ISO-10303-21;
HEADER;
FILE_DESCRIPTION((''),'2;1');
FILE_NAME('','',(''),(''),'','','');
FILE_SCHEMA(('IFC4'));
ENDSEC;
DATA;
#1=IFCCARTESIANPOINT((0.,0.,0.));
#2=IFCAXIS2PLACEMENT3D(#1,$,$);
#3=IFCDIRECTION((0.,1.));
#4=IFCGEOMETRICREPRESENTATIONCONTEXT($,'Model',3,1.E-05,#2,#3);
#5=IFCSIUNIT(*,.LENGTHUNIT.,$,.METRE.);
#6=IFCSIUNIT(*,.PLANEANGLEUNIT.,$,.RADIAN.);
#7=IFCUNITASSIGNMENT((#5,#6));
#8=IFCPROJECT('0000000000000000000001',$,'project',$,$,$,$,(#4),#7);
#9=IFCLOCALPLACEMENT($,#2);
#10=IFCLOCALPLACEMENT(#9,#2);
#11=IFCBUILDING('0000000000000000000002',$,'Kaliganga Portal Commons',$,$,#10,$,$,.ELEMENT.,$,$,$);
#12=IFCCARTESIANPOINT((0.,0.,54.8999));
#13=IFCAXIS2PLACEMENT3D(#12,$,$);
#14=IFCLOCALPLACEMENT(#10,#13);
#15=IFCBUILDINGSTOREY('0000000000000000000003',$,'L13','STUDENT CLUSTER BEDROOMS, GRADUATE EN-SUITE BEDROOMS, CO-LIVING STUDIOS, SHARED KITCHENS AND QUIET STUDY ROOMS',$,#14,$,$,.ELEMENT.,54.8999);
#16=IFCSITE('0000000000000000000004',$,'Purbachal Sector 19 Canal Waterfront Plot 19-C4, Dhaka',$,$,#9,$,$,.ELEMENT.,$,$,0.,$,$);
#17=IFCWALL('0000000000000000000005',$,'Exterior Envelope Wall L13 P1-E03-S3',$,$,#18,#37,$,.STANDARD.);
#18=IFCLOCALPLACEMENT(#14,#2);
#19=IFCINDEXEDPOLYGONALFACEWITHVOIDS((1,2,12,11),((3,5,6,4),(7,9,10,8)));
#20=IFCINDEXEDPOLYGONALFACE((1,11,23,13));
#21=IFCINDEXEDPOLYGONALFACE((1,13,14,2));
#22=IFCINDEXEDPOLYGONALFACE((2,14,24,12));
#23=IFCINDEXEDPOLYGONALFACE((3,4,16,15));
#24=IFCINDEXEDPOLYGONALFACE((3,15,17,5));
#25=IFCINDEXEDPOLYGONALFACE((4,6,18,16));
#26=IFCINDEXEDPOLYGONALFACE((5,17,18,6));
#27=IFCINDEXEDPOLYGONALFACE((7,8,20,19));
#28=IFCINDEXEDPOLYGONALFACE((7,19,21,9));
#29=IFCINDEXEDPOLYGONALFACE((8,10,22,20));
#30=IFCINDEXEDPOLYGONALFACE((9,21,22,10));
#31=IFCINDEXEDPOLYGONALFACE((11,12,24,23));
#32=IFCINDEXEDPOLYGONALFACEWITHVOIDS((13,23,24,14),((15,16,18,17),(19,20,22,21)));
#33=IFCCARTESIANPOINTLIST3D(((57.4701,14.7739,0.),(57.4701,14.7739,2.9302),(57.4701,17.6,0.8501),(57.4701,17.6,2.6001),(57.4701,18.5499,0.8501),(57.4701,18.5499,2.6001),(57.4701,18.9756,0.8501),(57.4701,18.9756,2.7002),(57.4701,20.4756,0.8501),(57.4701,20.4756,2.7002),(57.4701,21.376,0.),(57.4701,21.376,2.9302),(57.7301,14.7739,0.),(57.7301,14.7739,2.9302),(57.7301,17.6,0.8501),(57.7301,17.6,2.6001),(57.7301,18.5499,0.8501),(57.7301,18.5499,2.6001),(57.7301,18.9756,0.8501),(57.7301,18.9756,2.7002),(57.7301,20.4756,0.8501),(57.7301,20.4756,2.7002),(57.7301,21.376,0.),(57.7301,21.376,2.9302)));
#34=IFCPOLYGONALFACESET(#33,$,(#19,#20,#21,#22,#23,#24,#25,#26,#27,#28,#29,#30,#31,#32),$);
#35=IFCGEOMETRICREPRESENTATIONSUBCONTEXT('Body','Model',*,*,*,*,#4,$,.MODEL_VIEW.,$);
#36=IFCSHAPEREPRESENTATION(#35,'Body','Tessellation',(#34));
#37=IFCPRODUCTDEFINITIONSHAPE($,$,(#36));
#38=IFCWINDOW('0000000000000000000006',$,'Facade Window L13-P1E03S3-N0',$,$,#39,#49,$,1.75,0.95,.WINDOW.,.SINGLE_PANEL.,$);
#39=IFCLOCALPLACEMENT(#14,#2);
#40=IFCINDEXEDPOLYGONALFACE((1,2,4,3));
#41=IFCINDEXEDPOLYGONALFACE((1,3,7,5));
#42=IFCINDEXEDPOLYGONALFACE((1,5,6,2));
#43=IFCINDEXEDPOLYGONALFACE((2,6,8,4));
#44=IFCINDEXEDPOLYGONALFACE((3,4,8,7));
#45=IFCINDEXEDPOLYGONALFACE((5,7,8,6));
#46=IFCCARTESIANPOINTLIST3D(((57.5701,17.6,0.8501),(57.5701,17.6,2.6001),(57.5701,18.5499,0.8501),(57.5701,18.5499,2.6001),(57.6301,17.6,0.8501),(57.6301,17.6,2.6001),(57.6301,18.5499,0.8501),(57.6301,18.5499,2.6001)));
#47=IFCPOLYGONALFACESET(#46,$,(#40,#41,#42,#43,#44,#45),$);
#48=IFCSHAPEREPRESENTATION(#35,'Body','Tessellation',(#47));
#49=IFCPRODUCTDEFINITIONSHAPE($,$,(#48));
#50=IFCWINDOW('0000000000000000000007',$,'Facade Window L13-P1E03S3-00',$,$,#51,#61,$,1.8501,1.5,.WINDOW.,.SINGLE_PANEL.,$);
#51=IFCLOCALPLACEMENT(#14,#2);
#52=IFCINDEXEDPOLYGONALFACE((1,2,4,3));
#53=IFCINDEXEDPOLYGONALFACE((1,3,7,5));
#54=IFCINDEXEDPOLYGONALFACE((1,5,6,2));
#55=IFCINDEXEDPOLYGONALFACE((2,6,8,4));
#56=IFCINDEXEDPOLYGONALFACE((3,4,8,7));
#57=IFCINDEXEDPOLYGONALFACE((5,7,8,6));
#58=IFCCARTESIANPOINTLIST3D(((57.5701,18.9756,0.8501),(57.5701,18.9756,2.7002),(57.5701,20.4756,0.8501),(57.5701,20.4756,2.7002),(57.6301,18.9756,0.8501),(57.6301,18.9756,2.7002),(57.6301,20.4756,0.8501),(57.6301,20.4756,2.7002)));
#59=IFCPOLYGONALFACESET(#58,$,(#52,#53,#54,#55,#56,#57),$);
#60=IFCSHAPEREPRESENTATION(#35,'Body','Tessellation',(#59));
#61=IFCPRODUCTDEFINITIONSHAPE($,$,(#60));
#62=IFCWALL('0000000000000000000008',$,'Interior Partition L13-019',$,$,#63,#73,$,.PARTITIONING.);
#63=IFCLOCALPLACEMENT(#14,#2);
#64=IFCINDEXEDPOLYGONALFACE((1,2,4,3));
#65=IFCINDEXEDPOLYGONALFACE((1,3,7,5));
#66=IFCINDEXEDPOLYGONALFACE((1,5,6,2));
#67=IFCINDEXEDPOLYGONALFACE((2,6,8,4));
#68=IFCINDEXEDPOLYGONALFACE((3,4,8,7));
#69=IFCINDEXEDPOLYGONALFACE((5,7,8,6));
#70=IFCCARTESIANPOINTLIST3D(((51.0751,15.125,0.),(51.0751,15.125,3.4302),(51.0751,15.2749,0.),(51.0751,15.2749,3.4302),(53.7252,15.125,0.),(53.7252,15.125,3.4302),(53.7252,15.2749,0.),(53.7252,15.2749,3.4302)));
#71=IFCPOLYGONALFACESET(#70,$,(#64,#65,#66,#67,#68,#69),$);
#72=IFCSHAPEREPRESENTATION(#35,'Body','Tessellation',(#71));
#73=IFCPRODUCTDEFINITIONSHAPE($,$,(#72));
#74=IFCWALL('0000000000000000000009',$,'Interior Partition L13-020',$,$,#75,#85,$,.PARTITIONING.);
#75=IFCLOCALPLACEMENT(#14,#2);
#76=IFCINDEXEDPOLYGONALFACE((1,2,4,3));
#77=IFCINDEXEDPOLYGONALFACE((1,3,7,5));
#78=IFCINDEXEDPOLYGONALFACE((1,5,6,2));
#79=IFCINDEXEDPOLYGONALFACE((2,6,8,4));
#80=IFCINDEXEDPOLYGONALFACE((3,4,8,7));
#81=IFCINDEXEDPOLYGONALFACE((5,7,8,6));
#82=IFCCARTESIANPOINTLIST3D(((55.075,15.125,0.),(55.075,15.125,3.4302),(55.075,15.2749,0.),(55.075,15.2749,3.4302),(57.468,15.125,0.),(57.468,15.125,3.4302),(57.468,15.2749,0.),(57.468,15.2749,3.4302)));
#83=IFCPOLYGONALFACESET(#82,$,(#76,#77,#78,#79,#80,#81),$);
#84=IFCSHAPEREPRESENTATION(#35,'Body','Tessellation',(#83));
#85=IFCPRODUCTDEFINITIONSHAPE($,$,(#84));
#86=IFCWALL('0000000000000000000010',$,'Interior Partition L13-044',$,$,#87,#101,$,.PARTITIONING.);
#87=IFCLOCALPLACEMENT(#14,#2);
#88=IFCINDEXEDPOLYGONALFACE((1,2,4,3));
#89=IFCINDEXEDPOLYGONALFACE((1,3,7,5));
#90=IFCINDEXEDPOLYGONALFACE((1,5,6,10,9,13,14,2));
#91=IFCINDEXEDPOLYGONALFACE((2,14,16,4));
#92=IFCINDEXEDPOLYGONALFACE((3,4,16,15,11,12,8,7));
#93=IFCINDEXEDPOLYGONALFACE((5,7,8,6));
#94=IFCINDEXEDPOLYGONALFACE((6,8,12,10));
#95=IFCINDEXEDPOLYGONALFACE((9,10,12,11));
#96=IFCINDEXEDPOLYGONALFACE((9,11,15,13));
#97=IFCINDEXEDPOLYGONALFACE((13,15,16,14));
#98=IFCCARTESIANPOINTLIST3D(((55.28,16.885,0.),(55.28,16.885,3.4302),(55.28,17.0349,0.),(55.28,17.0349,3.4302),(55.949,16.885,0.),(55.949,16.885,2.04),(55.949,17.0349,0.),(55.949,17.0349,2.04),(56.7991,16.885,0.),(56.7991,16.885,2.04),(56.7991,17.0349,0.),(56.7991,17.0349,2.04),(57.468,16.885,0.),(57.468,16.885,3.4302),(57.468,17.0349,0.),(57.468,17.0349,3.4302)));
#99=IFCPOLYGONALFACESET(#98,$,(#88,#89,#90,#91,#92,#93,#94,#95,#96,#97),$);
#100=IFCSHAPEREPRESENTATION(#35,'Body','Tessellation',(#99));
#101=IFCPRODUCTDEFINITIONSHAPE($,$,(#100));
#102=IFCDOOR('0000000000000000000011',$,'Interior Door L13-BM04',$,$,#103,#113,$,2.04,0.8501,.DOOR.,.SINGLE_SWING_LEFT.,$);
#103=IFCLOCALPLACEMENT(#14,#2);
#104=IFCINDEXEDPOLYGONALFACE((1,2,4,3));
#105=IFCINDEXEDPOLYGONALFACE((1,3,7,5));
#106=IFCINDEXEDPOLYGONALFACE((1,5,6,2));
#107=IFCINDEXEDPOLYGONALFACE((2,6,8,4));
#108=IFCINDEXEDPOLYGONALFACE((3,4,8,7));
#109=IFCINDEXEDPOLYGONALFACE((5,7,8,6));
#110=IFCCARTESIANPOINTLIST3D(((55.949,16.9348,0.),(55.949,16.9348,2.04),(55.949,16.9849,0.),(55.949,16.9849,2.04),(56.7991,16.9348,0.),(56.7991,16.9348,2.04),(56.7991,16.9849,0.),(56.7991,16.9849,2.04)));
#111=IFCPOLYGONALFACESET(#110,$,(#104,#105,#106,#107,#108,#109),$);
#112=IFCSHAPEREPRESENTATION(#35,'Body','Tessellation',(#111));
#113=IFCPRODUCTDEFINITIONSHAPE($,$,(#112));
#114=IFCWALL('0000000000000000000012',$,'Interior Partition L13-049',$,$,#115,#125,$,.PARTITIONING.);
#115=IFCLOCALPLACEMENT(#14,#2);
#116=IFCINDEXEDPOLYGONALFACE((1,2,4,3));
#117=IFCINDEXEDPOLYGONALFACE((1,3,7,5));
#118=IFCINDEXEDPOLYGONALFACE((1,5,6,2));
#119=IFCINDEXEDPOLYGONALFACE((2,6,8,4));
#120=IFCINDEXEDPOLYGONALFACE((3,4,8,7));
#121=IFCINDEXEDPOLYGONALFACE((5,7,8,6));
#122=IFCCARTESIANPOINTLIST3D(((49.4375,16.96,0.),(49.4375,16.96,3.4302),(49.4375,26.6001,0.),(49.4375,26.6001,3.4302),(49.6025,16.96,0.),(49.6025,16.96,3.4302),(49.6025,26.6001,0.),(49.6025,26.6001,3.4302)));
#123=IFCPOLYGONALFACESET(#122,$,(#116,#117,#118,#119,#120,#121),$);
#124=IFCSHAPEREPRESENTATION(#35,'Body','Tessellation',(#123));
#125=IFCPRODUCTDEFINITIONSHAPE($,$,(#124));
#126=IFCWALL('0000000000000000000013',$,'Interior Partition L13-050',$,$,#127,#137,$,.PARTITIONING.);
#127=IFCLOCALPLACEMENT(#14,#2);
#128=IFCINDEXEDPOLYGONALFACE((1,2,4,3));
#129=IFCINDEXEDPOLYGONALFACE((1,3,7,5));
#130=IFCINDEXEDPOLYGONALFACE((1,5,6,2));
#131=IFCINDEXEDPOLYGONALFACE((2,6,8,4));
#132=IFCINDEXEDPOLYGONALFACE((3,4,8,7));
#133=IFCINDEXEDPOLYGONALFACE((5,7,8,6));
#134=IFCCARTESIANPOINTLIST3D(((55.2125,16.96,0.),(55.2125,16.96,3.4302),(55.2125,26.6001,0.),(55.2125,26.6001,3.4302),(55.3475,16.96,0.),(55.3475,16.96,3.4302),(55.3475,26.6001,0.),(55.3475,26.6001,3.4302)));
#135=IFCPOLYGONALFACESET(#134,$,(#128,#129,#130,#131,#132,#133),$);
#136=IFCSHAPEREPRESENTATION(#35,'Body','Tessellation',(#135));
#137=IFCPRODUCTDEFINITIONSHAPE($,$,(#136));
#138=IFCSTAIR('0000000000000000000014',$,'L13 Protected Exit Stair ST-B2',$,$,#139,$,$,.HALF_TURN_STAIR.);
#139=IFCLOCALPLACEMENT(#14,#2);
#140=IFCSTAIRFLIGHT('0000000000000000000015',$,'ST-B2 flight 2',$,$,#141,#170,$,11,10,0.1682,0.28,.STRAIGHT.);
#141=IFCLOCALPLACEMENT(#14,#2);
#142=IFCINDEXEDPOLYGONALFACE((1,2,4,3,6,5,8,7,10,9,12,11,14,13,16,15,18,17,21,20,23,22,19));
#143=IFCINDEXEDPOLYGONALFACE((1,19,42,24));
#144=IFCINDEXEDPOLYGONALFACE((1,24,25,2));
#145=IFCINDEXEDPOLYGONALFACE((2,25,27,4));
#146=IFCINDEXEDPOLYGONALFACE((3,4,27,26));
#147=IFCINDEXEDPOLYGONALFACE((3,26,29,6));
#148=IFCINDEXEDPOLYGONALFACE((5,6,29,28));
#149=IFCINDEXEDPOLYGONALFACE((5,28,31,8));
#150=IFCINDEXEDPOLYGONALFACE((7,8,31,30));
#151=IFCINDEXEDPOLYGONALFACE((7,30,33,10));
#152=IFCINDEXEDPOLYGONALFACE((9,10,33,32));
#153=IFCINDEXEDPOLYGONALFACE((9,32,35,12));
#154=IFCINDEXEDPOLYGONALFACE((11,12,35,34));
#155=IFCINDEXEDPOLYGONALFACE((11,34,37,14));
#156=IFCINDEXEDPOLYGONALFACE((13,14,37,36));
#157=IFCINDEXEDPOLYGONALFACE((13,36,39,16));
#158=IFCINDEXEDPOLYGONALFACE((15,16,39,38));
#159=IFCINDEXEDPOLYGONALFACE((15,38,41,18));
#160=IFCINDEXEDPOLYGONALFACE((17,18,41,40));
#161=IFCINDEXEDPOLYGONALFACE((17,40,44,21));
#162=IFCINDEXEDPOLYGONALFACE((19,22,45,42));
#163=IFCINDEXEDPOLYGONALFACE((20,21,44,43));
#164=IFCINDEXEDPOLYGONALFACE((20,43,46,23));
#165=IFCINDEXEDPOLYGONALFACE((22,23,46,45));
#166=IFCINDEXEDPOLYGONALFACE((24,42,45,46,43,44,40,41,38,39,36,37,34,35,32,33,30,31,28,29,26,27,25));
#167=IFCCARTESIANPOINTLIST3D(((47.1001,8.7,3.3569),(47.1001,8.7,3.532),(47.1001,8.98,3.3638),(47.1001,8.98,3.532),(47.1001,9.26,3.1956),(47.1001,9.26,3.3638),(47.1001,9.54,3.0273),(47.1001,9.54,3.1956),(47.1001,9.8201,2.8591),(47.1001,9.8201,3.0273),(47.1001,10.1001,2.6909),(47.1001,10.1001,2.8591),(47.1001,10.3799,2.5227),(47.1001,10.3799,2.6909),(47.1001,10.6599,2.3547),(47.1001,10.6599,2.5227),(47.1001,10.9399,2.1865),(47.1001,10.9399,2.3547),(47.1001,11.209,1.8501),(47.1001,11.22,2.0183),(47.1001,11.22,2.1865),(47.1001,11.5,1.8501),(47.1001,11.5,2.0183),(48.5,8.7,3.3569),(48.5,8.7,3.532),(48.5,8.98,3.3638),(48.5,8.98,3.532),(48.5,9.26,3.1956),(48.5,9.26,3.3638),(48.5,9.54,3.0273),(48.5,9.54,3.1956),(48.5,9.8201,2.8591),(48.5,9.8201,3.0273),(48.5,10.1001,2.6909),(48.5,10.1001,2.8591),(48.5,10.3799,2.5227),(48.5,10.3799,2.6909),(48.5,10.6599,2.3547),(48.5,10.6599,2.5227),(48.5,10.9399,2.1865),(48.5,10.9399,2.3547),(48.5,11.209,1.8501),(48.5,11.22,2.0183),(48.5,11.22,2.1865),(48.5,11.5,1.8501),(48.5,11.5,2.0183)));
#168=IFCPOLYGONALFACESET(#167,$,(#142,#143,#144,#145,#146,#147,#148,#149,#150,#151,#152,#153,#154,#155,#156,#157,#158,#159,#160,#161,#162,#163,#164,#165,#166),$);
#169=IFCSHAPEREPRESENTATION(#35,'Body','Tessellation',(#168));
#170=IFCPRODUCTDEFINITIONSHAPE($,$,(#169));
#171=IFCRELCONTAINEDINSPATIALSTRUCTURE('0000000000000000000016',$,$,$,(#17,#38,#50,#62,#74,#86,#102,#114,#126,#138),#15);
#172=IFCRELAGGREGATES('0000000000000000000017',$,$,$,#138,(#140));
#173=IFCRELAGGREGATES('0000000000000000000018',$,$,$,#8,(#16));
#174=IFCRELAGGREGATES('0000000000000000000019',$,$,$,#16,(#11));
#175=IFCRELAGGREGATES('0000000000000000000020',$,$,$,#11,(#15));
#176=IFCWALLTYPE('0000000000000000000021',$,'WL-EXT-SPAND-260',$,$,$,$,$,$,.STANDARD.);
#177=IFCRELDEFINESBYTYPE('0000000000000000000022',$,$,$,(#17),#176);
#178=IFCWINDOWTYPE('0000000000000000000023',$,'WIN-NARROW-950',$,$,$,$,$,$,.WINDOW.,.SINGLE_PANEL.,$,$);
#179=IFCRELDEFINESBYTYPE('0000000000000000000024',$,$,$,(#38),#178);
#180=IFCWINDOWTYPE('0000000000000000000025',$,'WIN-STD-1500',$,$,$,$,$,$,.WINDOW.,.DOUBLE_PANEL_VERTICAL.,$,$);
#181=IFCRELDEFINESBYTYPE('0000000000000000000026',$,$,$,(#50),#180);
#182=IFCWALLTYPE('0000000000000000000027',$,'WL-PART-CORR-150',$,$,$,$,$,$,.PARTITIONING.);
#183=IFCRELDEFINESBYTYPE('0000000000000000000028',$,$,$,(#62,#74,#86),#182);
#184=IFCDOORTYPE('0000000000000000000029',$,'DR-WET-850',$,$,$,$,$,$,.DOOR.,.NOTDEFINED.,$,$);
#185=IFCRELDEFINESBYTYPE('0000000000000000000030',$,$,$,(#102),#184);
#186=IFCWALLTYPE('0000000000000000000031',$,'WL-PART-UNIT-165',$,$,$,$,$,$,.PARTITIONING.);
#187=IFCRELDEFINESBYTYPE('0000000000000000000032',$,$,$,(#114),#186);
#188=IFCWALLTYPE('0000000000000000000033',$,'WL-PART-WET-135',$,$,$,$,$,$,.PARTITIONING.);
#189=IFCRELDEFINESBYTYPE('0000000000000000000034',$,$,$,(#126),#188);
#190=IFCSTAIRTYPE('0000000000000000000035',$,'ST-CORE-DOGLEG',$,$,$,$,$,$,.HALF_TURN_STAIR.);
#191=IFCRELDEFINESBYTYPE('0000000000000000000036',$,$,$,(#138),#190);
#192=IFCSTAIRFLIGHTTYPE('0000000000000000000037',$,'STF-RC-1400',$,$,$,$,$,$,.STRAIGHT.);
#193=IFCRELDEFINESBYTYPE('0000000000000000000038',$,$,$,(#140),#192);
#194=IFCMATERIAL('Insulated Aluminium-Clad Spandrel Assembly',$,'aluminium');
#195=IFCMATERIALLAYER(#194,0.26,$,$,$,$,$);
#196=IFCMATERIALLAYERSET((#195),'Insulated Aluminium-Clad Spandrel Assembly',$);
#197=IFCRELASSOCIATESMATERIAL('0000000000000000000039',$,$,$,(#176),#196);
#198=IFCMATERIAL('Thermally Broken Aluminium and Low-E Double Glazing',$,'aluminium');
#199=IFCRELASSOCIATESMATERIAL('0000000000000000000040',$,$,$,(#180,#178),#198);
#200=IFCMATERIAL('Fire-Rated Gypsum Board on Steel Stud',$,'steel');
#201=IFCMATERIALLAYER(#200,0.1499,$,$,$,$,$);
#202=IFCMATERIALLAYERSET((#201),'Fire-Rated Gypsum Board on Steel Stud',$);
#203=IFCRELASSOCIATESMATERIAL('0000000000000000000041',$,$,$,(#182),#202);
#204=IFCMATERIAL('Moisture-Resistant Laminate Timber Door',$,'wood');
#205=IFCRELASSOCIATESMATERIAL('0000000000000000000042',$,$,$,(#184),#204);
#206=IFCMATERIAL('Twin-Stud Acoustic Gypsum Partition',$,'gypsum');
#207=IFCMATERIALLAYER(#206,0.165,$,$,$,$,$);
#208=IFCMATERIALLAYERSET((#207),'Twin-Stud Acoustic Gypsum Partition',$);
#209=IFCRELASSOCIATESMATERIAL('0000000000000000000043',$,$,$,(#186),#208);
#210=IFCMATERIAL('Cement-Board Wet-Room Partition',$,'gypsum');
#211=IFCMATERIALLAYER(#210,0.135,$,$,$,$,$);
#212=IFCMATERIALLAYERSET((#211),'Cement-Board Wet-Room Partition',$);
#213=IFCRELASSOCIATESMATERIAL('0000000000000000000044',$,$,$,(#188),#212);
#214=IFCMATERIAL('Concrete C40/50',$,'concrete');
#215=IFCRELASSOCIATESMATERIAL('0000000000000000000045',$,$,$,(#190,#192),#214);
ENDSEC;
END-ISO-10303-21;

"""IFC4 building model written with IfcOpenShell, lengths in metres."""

from ifc_helpers import new_model, si_unit, direction, frame, frame_2d, origin, place, context, subcontext, project, spatial, polyline, rectangle, outline, extrude, material, layer, layer_set, type_object, element, fill, aggregate, save


model = new_model("IFC4")

# Units and contexts
model_context = context("Model", 3, precision=1e-05, world=origin(), true_north=direction((0.0, 1.0)))
body_context = subcontext(model_context, "Body", "Model", "MODEL_VIEW")
ifc_project = project(units=[si_unit("LENGTHUNIT", "METRE"), si_unit("PLANEANGLEUNIT", "RADIAN")], contexts=[model_context])

# Site, building, storey
site_placement = place(None, origin())
site = spatial("IfcSite", under=ifc_project, at=site_placement, Name="Purbachal Sector 19 Canal Waterfront Plot 19-C4, Dhaka", CompositionType="ELEMENT", RefElevation=0.0)
building_placement = place(site_placement, origin())
building = spatial("IfcBuilding", under=site, at=building_placement, Name="Kaliganga Portal Commons", CompositionType="ELEMENT")
storey_placement = place(building_placement, frame((0.0, 0.0, 54.8999)))
storey = spatial("IfcBuildingStorey", under=building, at=storey_placement, Name="L13", Description="STUDENT CLUSTER BEDROOMS, GRADUATE EN-SUITE BEDROOMS, CO-LIVING STUDIOS, SHARED KITCHENS AND QUIET STUDY ROOMS", CompositionType="ELEMENT", Elevation=54.8999)

# Shared definitions
ifc_material_1 = material(Name="Insulated Aluminium-Clad Spandrel Assembly", Category="aluminium")
ifc_layer_1 = layer(ifc_material_1, 0.26)
ifc_layer_set_1 = layer_set([ifc_layer_1], Name="Insulated Aluminium-Clad Spandrel Assembly")
wall_type_1 = type_object("IfcWallType", Name="WL-EXT-SPAND-260", PredefinedType="STANDARD", material=ifc_layer_set_1)
ifc_material_2 = material(Name="Thermally Broken Aluminium and Low-E Double Glazing", Category="aluminium")
window_type_1 = type_object("IfcWindowType", Name="WIN-STD-1500", PartitioningType="DOUBLE_PANEL_VERTICAL", PredefinedType="WINDOW", material=ifc_material_2)

# Wall, openings, windows
wall_1_placement = place(storey_placement, frame((57.6001, 21.376, 0.0), z_axis=(0.0, 0.0, 1.0), x_axis=(0.0, -1.0, 0.0)))
wall_1 = element("IfcWall", 1, at=wall_1_placement, inside=storey, type_object=wall_type_1, Name="Exterior Envelope Wall L13 P1-E03-S3", PredefinedType="STANDARD", context=body_context, shape_type="SweptSolid", body=[
    extrude(rectangle(XDim=6.6021, YDim=0.26, at=frame_2d((3.301, 0.0))), origin(), (0.0, 0.0, 1.0), 2.9302),
])
opening_1_placement = place(wall_1_placement, frame((0.9004, 0.0, 0.8501)))
opening_1 = element("IfcOpeningElement", 2, at=opening_1_placement, cuts=wall_1, PredefinedType="OPENING", context=body_context, shape_type="SweptSolid", body=[
    extrude(rectangle(XDim=1.5, YDim=1.8501, at=frame_2d((0.75, 0.925))), frame((0.0, 0.1401, 0.0), z_axis=(0.0, -1.0, 0.0), x_axis=(1.0, 0.0, 0.0)), (0.0, 0.0, 1.0), 0.28),
])
opening_2_placement = place(wall_1_placement, frame((2.8259, 0.0, 0.8501)))
opening_2 = element("IfcOpeningElement", 3, at=opening_2_placement, cuts=wall_1, PredefinedType="OPENING", context=body_context, shape_type="SweptSolid", body=[
    extrude(rectangle(XDim=0.95, YDim=1.75, at=frame_2d((0.4751, 0.875))), frame((0.0, 0.1401, 0.0), z_axis=(0.0, -1.0, 0.0), x_axis=(1.0, 0.0, 0.0)), (0.0, 0.0, 1.0), 0.28),
])
window_type_2 = type_object("IfcWindowType", Name="WIN-NARROW-950", PartitioningType="SINGLE_PANEL", PredefinedType="WINDOW", material=ifc_material_2)
window_1_placement = place(opening_2_placement, origin())
window_1 = element("IfcWindow", 4, at=window_1_placement, inside=storey, type_object=window_type_2, Name="Facade Window L13-P1E03S3-N0", OverallHeight=1.75, OverallWidth=0.95, PartitioningType="SINGLE_PANEL", PredefinedType="WINDOW", context=body_context, shape_type="SweptSolid", body=[
    extrude(rectangle(XDim=0.95, YDim=1.75, at=frame_2d((0.4751, 0.875))), frame((0.0, 0.03, 0.0), z_axis=(0.0, -1.0, 0.0), x_axis=(1.0, 0.0, 0.0)), (0.0, 0.0, 1.0), 0.0601),
])
fill(opening_2, window_1)
window_2_placement = place(opening_1_placement, origin())
window_2 = element("IfcWindow", 5, at=window_2_placement, inside=storey, type_object=window_type_1, Name="Facade Window L13-P1E03S3-00", OverallHeight=1.8501, OverallWidth=1.5, PartitioningType="SINGLE_PANEL", PredefinedType="WINDOW", context=body_context, shape_type="SweptSolid", body=[
    extrude(rectangle(XDim=1.5, YDim=1.8501, at=frame_2d((0.75, 0.925))), frame((0.0, 0.03, 0.0), z_axis=(0.0, -1.0, 0.0), x_axis=(1.0, 0.0, 0.0)), (0.0, 0.0, 1.0), 0.0601),
])
fill(opening_1, window_2)

# Walls
ifc_material_3 = material(Name="Fire-Rated Gypsum Board on Steel Stud", Category="steel")
ifc_layer_2 = layer(ifc_material_3, 0.1499)
ifc_layer_set_2 = layer_set([ifc_layer_2], Name="Fire-Rated Gypsum Board on Steel Stud")
wall_type_2 = type_object("IfcWallType", Name="WL-PART-CORR-150", PredefinedType="PARTITIONING", material=ifc_layer_set_2)
wall_2_placement = place(storey_placement, frame((51.075, 15.2, 0.0), z_axis=(0.0, 0.0, 1.0), x_axis=(1.0, 0.0, 0.0)))
element("IfcWall", 6, at=wall_2_placement, inside=storey, type_object=wall_type_2, Name="Interior Partition L13-019", PredefinedType="PARTITIONING", context=body_context, shape_type="SweptSolid", body=[
    extrude(rectangle(XDim=2.6501, YDim=0.1499, at=frame_2d((1.3252, 0.0))), origin(), (0.0, 0.0, 1.0), 3.4302),
])
wall_3_placement = place(storey_placement, frame((55.075, 15.2, 0.0), z_axis=(0.0, 0.0, 1.0), x_axis=(1.0, 0.0, 0.0)))
element("IfcWall", 7, at=wall_3_placement, inside=storey, type_object=wall_type_2, Name="Interior Partition L13-020", PredefinedType="PARTITIONING", context=body_context, shape_type="SweptSolid", body=[
    extrude(rectangle(XDim=2.3931, YDim=0.1499, at=frame_2d((1.1965, 0.0))), origin(), (0.0, 0.0, 1.0), 3.4302),
])

# Wall, opening, door
wall_4_placement = place(storey_placement, frame((55.28, 16.96, 0.0), z_axis=(0.0, 0.0, 1.0), x_axis=(1.0, 0.0, 0.0)))
wall_4 = element("IfcWall", 8, at=wall_4_placement, inside=storey, type_object=wall_type_2, Name="Interior Partition L13-044", PredefinedType="PARTITIONING", context=body_context, shape_type="SweptSolid", body=[
    extrude(rectangle(XDim=2.188, YDim=0.1499, at=frame_2d((1.094, 0.0))), origin(), (0.0, 0.0, 1.0), 3.4302),
])
opening_3_placement = place(wall_4_placement, frame((0.6689, 0.0, 0.0)))
opening_3 = element("IfcOpeningElement", 9, at=opening_3_placement, cuts=wall_4, PredefinedType="OPENING", context=body_context, shape_type="SweptSolid", body=[
    extrude(rectangle(XDim=0.8501, YDim=2.04, at=frame_2d((0.425, 1.02))), frame((0.0, 0.085, 0.0), z_axis=(0.0, -1.0, 0.0), x_axis=(1.0, 0.0, 0.0)), (0.0, 0.0, 1.0), 0.1699),
])
ifc_material_4 = material(Name="Moisture-Resistant Laminate Timber Door", Category="wood")
door_type_1 = type_object("IfcDoorType", Name="DR-WET-850", OperationType="NOTDEFINED", PredefinedType="DOOR", material=ifc_material_4)
door_1_placement = place(opening_3_placement, origin())
door_1 = element("IfcDoor", 10, at=door_1_placement, inside=storey, type_object=door_type_1, Name="Interior Door L13-BM04", OperationType="SINGLE_SWING_LEFT", OverallHeight=2.04, OverallWidth=0.8501, PredefinedType="DOOR", context=body_context, shape_type="SweptSolid", body=[
    extrude(rectangle(XDim=0.8501, YDim=2.04, at=frame_2d((0.425, 1.02))), frame((0.0, 0.0249, 0.0), z_axis=(0.0, -1.0, 0.0), x_axis=(1.0, 0.0, 0.0)), (0.0, 0.0, 1.0), 0.05),
])
fill(opening_3, door_1)

# Walls
ifc_material_5 = material(Name="Twin-Stud Acoustic Gypsum Partition", Category="gypsum")
ifc_layer_3 = layer(ifc_material_5, 0.165)
ifc_layer_set_3 = layer_set([ifc_layer_3], Name="Twin-Stud Acoustic Gypsum Partition")
wall_type_3 = type_object("IfcWallType", Name="WL-PART-UNIT-165", PredefinedType="PARTITIONING", material=ifc_layer_set_3)
wall_5_placement = place(storey_placement, frame((49.52, 16.96, 0.0), z_axis=(0.0, 0.0, 1.0), x_axis=(0.0, 1.0, 0.0)))
element("IfcWall", 11, at=wall_5_placement, inside=storey, type_object=wall_type_3, Name="Interior Partition L13-049", PredefinedType="PARTITIONING", context=body_context, shape_type="SweptSolid", body=[
    extrude(rectangle(XDim=9.6401, YDim=0.165, at=frame_2d((4.8201, 0.0))), origin(), (0.0, 0.0, 1.0), 3.4302),
])
ifc_material_6 = material(Name="Cement-Board Wet-Room Partition", Category="gypsum")
ifc_layer_4 = layer(ifc_material_6, 0.135)
ifc_layer_set_4 = layer_set([ifc_layer_4], Name="Cement-Board Wet-Room Partition")
wall_type_4 = type_object("IfcWallType", Name="WL-PART-WET-135", PredefinedType="PARTITIONING", material=ifc_layer_set_4)
wall_6_placement = place(storey_placement, frame((55.28, 16.96, 0.0), z_axis=(0.0, 0.0, 1.0), x_axis=(0.0, 1.0, 0.0)))
element("IfcWall", 12, at=wall_6_placement, inside=storey, type_object=wall_type_4, Name="Interior Partition L13-050", PredefinedType="PARTITIONING", context=body_context, shape_type="SweptSolid", body=[
    extrude(rectangle(XDim=9.6401, YDim=0.135, at=frame_2d((4.8201, 0.0))), origin(), (0.0, 0.0, 1.0), 3.4302),
])

# Stair, stair flight
ifc_material_7 = material(Name="Concrete C40/50", Category="concrete")
stair_type = type_object("IfcStairType", Name="ST-CORE-DOGLEG", PredefinedType="HALF_TURN_STAIR", material=ifc_material_7)
stair_placement = place(storey_placement, origin())
stair = element("IfcStair", 13, at=stair_placement, inside=storey, type_object=stair_type, Name="L13 Protected Exit Stair ST-B2", PredefinedType="HALF_TURN_STAIR")
stair_flight_type = type_object("IfcStairFlightType", Name="STF-RC-1400", PredefinedType="STRAIGHT", material=ifc_material_7)
stair_flight_placement = place(storey_placement, frame((47.8, 11.5, 1.8501), z_axis=(0.0, 0.0, 1.0), x_axis=(0.0, -1.0, 0.0)))
stair_flight = element("IfcStairFlight", 14, at=stair_flight_placement, type_object=stair_flight_type, Name="ST-B2 flight 2", NumberOfRisers=11, NumberOfTreads=10, PredefinedType="STRAIGHT", RiserHeight=0.1682, TreadLength=0.28, context=body_context, shape_type="SweptSolid", body=[
    extrude(outline(polyline([(0.0, 0.0), (0.0, 0.1682), (0.28, 0.1682), (0.28, 0.3364), (0.5601, 0.3364), (0.5601, 0.5046), (0.8401, 0.5046), (0.8401, 0.6726), (1.1201, 0.6726), (1.1201, 0.8408), (1.3999, 0.8408), (1.3999, 1.009), (1.6799, 1.009), (1.6799, 1.1772), (1.96, 1.1772), (1.96, 1.3455), (2.24, 1.3455), (2.24, 1.5137), (2.52, 1.5137), (2.52, 1.6819), (2.8, 1.6819), (2.8, 1.8501), (2.8, 1.5068), (0.291, 0.0), (0.0, 0.0)])), frame((0.0, 0.7, 0.0), z_axis=(0.0, -1.0, 0.0), x_axis=(1.0, 0.0, 0.0)), (0.0, 0.0, 1.0), 1.3999),
])
aggregate(stair, [stair_flight])

save(model, "model.ifc")
